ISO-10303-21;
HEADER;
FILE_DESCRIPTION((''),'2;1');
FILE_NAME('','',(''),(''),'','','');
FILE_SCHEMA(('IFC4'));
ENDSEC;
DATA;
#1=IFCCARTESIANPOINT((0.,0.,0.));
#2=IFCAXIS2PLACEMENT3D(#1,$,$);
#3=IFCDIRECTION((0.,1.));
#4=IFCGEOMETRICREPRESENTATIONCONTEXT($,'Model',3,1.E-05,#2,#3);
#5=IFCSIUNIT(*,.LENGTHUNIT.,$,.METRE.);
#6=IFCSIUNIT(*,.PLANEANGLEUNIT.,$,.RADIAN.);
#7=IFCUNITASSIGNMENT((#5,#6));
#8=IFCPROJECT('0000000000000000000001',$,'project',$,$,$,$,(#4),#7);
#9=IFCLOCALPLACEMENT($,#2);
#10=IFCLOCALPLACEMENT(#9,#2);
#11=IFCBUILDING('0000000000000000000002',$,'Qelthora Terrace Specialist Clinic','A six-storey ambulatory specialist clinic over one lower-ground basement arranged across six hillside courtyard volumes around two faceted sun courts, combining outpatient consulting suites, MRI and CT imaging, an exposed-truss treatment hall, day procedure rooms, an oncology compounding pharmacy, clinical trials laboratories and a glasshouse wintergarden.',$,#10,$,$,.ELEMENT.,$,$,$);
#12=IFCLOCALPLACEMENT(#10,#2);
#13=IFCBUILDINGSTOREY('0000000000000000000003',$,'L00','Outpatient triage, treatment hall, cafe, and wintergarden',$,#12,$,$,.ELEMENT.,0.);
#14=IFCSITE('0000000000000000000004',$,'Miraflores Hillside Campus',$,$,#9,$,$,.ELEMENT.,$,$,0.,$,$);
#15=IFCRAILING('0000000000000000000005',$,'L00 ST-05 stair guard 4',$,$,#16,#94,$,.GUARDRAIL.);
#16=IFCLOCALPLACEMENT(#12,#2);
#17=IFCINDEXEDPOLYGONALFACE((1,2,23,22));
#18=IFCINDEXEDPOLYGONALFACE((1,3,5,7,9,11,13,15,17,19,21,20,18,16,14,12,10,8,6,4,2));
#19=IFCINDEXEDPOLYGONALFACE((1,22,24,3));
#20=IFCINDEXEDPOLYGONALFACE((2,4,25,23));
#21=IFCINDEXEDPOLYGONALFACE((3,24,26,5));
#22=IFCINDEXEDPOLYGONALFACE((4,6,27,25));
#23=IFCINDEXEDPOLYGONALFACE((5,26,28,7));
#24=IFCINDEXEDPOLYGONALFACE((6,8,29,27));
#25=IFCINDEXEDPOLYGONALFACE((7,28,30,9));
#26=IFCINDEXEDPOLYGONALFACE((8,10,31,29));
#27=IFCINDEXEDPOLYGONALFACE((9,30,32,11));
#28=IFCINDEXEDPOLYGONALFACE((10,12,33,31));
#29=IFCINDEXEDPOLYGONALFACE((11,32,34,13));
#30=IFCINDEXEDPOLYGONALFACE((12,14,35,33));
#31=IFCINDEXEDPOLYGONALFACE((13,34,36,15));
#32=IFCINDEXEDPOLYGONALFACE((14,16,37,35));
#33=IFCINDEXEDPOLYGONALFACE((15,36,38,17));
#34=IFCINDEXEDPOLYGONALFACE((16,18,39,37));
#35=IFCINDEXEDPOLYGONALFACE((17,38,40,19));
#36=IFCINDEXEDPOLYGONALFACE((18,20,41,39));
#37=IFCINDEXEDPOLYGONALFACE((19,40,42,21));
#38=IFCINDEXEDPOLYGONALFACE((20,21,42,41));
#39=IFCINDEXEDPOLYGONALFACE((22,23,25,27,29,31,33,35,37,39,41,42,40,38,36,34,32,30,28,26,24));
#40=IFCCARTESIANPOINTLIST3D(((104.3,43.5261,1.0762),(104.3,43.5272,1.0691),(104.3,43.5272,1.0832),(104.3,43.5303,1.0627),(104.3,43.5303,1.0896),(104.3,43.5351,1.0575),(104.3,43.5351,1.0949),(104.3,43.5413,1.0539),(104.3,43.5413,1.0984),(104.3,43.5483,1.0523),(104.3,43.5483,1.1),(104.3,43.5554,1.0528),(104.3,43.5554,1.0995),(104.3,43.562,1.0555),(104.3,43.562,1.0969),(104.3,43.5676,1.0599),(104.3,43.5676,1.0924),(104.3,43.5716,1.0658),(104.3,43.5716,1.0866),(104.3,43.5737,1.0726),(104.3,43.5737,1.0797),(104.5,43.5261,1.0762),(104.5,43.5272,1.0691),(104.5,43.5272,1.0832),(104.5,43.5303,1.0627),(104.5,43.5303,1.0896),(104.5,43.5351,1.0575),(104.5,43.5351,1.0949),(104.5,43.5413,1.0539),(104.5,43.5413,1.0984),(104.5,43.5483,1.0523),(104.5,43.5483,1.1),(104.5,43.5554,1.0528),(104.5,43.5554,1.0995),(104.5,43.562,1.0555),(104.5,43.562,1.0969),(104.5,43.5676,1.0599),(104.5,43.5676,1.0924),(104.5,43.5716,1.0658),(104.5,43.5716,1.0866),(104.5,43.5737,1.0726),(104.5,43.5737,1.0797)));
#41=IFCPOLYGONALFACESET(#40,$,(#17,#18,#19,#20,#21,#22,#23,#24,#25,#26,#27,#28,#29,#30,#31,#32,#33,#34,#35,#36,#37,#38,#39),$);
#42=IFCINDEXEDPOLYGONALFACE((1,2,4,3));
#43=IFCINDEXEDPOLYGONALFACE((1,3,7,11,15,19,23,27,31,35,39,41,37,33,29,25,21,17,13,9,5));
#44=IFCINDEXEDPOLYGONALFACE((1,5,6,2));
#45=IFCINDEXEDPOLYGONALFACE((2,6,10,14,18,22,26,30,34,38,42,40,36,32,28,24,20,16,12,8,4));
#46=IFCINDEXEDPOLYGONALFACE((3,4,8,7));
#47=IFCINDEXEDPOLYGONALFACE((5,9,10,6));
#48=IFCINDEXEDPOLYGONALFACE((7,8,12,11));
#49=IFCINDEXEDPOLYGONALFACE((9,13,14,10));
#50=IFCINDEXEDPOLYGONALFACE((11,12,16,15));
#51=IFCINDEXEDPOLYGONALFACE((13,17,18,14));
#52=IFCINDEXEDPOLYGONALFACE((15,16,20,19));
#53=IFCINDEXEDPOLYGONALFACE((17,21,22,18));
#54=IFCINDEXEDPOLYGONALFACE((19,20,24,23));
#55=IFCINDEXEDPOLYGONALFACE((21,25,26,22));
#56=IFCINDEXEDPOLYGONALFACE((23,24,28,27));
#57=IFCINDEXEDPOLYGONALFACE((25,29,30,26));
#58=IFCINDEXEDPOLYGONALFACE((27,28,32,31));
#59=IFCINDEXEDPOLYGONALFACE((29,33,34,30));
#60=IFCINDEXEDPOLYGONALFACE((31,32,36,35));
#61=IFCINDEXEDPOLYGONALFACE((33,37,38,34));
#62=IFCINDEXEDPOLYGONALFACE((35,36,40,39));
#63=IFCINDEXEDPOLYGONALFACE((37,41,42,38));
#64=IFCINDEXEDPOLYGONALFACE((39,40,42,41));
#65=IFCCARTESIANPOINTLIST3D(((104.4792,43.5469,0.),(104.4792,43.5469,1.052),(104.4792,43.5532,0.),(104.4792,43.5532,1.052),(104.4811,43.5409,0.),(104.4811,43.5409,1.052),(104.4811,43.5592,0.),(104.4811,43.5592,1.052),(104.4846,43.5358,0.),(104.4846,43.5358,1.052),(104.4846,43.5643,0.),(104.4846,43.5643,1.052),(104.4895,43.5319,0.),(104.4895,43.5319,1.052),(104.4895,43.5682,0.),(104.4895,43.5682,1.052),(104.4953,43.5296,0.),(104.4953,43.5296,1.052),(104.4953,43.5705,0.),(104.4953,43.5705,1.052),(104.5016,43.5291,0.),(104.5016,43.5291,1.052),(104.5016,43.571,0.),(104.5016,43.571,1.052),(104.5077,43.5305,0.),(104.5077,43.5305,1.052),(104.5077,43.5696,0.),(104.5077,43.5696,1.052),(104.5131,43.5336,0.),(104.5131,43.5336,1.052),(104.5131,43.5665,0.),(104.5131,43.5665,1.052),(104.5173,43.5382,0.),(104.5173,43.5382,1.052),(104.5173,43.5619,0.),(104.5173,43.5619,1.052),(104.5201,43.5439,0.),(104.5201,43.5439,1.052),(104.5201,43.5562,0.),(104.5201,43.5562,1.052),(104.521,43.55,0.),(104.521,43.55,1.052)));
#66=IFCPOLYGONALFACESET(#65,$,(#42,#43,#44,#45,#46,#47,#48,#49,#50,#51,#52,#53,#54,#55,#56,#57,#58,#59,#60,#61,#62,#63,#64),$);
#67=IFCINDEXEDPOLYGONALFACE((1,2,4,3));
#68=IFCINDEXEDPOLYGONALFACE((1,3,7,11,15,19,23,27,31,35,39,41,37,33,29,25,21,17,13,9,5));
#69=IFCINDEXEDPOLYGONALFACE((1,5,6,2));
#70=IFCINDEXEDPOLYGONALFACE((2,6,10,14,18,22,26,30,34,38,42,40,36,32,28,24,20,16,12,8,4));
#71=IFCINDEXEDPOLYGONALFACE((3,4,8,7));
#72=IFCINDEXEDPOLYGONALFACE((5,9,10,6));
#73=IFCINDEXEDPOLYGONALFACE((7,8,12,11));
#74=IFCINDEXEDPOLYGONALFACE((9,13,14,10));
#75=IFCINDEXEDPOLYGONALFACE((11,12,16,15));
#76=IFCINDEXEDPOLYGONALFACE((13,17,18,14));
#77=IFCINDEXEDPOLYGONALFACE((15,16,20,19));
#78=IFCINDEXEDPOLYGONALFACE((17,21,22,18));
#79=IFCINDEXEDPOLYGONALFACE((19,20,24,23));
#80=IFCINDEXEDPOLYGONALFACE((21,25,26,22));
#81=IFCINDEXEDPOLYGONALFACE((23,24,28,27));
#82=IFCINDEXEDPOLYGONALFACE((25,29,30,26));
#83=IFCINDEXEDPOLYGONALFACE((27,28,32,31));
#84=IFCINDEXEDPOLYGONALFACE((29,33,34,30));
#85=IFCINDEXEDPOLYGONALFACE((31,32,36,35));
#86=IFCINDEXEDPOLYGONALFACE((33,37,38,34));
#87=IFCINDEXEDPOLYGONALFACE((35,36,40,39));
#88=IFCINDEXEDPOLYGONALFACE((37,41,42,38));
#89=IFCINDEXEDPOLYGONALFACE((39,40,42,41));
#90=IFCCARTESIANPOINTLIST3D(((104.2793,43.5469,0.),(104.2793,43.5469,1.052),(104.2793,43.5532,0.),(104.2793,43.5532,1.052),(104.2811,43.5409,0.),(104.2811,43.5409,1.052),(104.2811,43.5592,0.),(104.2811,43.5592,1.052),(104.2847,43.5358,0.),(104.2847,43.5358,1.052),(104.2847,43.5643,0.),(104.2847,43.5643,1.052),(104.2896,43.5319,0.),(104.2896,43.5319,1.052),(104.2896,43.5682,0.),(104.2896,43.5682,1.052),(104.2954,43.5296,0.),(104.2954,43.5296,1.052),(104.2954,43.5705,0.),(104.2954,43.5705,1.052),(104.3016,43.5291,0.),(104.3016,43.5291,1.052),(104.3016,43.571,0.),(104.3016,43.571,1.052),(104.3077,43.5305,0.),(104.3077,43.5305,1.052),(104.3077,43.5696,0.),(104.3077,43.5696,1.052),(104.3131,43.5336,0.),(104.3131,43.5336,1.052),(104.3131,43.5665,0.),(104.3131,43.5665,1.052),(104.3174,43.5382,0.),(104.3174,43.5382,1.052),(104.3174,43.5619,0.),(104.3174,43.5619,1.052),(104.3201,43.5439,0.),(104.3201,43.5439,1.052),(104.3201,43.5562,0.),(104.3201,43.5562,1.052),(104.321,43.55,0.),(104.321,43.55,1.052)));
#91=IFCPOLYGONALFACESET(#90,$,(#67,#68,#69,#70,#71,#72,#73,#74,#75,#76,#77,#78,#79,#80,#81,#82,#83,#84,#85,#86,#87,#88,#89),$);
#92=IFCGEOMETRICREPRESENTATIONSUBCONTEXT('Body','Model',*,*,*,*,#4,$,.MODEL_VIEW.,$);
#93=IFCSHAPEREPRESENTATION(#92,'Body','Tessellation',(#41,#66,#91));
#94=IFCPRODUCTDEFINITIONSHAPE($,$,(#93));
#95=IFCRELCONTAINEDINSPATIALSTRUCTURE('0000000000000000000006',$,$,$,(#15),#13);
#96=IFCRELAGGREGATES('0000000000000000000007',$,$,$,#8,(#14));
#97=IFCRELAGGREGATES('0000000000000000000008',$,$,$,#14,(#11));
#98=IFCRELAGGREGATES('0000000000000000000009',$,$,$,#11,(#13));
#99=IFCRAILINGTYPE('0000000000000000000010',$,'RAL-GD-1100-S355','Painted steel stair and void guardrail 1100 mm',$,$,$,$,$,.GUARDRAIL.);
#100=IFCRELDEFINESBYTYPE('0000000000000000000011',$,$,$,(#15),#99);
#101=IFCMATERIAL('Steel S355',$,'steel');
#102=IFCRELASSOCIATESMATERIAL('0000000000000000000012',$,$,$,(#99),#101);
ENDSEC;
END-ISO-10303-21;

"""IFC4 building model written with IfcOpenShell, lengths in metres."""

from ifc_helpers import new_model, si_unit, direction, frame, origin, origin_2d, place, context, subcontext, project, spatial, circle, extrude, material, type_object, element, save


model = new_model("IFC4")

# Units and contexts
model_context = context("Model", 3, precision=1e-05, world=origin(), true_north=direction((0.0, 1.0)))
body_context = subcontext(model_context, "Body", "Model", "MODEL_VIEW")
ifc_project = project(units=[si_unit("LENGTHUNIT", "METRE"), si_unit("PLANEANGLEUNIT", "RADIAN")], contexts=[model_context])

# Site, building, storey
site_placement = place(None, origin())
site = spatial("IfcSite", under=ifc_project, at=site_placement, Name="Miraflores Hillside Campus", CompositionType="ELEMENT", RefElevation=0.0)
building_placement = place(site_placement, origin())
building = spatial("IfcBuilding", under=site, at=building_placement, Name="Qelthora Terrace Specialist Clinic", Description="A six-storey ambulatory specialist clinic over one lower-ground basement arranged across six hillside courtyard volumes around two faceted sun courts, combining outpatient consulting suites, MRI and CT imaging, an exposed-truss treatment hall, day procedure rooms, an oncology compounding pharmacy, clinical trials laboratories and a glasshouse wintergarden.", CompositionType="ELEMENT")
storey_placement = place(building_placement, origin())
storey = spatial("IfcBuildingStorey", under=building, at=storey_placement, Name="L00", Description="Outpatient triage, treatment hall, cafe, and wintergarden", CompositionType="ELEMENT", Elevation=0.0)

# Shared definitions
ifc_material_1 = material(Name="Steel S355", Category="steel")

# Railing
railing_type = type_object("IfcRailingType", Name="RAL-GD-1100-S355", Description="Painted steel stair and void guardrail 1100 mm", PredefinedType="GUARDRAIL", material=ifc_material_1)
railing_1_placement = place(storey_placement, frame((104.5, 43.55, 0.0)))
element("IfcRailing", 1, at=railing_1_placement, inside=storey, type_object=railing_type, Name="L00 ST-05 stair guard 4", PredefinedType="GUARDRAIL", context=body_context, shape_type="SweptSolid", body=[
    extrude(circle(Radius=0.0239, at=origin_2d()), frame((0.0, 0.0, 1.0762), z_axis=(-1.0, 0.0, 0.0), x_axis=(0.0, -1.0, 0.0)), (0.0, 0.0, 1.0), 0.2),
    extrude(circle(Radius=0.021, at=origin_2d()), origin(), (0.0, 0.0, 1.0), 1.052),
    extrude(circle(Radius=0.021, at=origin_2d()), frame((-0.2, 0.0, 0.0)), (0.0, 0.0, 1.0), 1.052),
])

save(model, "model.ifc")
